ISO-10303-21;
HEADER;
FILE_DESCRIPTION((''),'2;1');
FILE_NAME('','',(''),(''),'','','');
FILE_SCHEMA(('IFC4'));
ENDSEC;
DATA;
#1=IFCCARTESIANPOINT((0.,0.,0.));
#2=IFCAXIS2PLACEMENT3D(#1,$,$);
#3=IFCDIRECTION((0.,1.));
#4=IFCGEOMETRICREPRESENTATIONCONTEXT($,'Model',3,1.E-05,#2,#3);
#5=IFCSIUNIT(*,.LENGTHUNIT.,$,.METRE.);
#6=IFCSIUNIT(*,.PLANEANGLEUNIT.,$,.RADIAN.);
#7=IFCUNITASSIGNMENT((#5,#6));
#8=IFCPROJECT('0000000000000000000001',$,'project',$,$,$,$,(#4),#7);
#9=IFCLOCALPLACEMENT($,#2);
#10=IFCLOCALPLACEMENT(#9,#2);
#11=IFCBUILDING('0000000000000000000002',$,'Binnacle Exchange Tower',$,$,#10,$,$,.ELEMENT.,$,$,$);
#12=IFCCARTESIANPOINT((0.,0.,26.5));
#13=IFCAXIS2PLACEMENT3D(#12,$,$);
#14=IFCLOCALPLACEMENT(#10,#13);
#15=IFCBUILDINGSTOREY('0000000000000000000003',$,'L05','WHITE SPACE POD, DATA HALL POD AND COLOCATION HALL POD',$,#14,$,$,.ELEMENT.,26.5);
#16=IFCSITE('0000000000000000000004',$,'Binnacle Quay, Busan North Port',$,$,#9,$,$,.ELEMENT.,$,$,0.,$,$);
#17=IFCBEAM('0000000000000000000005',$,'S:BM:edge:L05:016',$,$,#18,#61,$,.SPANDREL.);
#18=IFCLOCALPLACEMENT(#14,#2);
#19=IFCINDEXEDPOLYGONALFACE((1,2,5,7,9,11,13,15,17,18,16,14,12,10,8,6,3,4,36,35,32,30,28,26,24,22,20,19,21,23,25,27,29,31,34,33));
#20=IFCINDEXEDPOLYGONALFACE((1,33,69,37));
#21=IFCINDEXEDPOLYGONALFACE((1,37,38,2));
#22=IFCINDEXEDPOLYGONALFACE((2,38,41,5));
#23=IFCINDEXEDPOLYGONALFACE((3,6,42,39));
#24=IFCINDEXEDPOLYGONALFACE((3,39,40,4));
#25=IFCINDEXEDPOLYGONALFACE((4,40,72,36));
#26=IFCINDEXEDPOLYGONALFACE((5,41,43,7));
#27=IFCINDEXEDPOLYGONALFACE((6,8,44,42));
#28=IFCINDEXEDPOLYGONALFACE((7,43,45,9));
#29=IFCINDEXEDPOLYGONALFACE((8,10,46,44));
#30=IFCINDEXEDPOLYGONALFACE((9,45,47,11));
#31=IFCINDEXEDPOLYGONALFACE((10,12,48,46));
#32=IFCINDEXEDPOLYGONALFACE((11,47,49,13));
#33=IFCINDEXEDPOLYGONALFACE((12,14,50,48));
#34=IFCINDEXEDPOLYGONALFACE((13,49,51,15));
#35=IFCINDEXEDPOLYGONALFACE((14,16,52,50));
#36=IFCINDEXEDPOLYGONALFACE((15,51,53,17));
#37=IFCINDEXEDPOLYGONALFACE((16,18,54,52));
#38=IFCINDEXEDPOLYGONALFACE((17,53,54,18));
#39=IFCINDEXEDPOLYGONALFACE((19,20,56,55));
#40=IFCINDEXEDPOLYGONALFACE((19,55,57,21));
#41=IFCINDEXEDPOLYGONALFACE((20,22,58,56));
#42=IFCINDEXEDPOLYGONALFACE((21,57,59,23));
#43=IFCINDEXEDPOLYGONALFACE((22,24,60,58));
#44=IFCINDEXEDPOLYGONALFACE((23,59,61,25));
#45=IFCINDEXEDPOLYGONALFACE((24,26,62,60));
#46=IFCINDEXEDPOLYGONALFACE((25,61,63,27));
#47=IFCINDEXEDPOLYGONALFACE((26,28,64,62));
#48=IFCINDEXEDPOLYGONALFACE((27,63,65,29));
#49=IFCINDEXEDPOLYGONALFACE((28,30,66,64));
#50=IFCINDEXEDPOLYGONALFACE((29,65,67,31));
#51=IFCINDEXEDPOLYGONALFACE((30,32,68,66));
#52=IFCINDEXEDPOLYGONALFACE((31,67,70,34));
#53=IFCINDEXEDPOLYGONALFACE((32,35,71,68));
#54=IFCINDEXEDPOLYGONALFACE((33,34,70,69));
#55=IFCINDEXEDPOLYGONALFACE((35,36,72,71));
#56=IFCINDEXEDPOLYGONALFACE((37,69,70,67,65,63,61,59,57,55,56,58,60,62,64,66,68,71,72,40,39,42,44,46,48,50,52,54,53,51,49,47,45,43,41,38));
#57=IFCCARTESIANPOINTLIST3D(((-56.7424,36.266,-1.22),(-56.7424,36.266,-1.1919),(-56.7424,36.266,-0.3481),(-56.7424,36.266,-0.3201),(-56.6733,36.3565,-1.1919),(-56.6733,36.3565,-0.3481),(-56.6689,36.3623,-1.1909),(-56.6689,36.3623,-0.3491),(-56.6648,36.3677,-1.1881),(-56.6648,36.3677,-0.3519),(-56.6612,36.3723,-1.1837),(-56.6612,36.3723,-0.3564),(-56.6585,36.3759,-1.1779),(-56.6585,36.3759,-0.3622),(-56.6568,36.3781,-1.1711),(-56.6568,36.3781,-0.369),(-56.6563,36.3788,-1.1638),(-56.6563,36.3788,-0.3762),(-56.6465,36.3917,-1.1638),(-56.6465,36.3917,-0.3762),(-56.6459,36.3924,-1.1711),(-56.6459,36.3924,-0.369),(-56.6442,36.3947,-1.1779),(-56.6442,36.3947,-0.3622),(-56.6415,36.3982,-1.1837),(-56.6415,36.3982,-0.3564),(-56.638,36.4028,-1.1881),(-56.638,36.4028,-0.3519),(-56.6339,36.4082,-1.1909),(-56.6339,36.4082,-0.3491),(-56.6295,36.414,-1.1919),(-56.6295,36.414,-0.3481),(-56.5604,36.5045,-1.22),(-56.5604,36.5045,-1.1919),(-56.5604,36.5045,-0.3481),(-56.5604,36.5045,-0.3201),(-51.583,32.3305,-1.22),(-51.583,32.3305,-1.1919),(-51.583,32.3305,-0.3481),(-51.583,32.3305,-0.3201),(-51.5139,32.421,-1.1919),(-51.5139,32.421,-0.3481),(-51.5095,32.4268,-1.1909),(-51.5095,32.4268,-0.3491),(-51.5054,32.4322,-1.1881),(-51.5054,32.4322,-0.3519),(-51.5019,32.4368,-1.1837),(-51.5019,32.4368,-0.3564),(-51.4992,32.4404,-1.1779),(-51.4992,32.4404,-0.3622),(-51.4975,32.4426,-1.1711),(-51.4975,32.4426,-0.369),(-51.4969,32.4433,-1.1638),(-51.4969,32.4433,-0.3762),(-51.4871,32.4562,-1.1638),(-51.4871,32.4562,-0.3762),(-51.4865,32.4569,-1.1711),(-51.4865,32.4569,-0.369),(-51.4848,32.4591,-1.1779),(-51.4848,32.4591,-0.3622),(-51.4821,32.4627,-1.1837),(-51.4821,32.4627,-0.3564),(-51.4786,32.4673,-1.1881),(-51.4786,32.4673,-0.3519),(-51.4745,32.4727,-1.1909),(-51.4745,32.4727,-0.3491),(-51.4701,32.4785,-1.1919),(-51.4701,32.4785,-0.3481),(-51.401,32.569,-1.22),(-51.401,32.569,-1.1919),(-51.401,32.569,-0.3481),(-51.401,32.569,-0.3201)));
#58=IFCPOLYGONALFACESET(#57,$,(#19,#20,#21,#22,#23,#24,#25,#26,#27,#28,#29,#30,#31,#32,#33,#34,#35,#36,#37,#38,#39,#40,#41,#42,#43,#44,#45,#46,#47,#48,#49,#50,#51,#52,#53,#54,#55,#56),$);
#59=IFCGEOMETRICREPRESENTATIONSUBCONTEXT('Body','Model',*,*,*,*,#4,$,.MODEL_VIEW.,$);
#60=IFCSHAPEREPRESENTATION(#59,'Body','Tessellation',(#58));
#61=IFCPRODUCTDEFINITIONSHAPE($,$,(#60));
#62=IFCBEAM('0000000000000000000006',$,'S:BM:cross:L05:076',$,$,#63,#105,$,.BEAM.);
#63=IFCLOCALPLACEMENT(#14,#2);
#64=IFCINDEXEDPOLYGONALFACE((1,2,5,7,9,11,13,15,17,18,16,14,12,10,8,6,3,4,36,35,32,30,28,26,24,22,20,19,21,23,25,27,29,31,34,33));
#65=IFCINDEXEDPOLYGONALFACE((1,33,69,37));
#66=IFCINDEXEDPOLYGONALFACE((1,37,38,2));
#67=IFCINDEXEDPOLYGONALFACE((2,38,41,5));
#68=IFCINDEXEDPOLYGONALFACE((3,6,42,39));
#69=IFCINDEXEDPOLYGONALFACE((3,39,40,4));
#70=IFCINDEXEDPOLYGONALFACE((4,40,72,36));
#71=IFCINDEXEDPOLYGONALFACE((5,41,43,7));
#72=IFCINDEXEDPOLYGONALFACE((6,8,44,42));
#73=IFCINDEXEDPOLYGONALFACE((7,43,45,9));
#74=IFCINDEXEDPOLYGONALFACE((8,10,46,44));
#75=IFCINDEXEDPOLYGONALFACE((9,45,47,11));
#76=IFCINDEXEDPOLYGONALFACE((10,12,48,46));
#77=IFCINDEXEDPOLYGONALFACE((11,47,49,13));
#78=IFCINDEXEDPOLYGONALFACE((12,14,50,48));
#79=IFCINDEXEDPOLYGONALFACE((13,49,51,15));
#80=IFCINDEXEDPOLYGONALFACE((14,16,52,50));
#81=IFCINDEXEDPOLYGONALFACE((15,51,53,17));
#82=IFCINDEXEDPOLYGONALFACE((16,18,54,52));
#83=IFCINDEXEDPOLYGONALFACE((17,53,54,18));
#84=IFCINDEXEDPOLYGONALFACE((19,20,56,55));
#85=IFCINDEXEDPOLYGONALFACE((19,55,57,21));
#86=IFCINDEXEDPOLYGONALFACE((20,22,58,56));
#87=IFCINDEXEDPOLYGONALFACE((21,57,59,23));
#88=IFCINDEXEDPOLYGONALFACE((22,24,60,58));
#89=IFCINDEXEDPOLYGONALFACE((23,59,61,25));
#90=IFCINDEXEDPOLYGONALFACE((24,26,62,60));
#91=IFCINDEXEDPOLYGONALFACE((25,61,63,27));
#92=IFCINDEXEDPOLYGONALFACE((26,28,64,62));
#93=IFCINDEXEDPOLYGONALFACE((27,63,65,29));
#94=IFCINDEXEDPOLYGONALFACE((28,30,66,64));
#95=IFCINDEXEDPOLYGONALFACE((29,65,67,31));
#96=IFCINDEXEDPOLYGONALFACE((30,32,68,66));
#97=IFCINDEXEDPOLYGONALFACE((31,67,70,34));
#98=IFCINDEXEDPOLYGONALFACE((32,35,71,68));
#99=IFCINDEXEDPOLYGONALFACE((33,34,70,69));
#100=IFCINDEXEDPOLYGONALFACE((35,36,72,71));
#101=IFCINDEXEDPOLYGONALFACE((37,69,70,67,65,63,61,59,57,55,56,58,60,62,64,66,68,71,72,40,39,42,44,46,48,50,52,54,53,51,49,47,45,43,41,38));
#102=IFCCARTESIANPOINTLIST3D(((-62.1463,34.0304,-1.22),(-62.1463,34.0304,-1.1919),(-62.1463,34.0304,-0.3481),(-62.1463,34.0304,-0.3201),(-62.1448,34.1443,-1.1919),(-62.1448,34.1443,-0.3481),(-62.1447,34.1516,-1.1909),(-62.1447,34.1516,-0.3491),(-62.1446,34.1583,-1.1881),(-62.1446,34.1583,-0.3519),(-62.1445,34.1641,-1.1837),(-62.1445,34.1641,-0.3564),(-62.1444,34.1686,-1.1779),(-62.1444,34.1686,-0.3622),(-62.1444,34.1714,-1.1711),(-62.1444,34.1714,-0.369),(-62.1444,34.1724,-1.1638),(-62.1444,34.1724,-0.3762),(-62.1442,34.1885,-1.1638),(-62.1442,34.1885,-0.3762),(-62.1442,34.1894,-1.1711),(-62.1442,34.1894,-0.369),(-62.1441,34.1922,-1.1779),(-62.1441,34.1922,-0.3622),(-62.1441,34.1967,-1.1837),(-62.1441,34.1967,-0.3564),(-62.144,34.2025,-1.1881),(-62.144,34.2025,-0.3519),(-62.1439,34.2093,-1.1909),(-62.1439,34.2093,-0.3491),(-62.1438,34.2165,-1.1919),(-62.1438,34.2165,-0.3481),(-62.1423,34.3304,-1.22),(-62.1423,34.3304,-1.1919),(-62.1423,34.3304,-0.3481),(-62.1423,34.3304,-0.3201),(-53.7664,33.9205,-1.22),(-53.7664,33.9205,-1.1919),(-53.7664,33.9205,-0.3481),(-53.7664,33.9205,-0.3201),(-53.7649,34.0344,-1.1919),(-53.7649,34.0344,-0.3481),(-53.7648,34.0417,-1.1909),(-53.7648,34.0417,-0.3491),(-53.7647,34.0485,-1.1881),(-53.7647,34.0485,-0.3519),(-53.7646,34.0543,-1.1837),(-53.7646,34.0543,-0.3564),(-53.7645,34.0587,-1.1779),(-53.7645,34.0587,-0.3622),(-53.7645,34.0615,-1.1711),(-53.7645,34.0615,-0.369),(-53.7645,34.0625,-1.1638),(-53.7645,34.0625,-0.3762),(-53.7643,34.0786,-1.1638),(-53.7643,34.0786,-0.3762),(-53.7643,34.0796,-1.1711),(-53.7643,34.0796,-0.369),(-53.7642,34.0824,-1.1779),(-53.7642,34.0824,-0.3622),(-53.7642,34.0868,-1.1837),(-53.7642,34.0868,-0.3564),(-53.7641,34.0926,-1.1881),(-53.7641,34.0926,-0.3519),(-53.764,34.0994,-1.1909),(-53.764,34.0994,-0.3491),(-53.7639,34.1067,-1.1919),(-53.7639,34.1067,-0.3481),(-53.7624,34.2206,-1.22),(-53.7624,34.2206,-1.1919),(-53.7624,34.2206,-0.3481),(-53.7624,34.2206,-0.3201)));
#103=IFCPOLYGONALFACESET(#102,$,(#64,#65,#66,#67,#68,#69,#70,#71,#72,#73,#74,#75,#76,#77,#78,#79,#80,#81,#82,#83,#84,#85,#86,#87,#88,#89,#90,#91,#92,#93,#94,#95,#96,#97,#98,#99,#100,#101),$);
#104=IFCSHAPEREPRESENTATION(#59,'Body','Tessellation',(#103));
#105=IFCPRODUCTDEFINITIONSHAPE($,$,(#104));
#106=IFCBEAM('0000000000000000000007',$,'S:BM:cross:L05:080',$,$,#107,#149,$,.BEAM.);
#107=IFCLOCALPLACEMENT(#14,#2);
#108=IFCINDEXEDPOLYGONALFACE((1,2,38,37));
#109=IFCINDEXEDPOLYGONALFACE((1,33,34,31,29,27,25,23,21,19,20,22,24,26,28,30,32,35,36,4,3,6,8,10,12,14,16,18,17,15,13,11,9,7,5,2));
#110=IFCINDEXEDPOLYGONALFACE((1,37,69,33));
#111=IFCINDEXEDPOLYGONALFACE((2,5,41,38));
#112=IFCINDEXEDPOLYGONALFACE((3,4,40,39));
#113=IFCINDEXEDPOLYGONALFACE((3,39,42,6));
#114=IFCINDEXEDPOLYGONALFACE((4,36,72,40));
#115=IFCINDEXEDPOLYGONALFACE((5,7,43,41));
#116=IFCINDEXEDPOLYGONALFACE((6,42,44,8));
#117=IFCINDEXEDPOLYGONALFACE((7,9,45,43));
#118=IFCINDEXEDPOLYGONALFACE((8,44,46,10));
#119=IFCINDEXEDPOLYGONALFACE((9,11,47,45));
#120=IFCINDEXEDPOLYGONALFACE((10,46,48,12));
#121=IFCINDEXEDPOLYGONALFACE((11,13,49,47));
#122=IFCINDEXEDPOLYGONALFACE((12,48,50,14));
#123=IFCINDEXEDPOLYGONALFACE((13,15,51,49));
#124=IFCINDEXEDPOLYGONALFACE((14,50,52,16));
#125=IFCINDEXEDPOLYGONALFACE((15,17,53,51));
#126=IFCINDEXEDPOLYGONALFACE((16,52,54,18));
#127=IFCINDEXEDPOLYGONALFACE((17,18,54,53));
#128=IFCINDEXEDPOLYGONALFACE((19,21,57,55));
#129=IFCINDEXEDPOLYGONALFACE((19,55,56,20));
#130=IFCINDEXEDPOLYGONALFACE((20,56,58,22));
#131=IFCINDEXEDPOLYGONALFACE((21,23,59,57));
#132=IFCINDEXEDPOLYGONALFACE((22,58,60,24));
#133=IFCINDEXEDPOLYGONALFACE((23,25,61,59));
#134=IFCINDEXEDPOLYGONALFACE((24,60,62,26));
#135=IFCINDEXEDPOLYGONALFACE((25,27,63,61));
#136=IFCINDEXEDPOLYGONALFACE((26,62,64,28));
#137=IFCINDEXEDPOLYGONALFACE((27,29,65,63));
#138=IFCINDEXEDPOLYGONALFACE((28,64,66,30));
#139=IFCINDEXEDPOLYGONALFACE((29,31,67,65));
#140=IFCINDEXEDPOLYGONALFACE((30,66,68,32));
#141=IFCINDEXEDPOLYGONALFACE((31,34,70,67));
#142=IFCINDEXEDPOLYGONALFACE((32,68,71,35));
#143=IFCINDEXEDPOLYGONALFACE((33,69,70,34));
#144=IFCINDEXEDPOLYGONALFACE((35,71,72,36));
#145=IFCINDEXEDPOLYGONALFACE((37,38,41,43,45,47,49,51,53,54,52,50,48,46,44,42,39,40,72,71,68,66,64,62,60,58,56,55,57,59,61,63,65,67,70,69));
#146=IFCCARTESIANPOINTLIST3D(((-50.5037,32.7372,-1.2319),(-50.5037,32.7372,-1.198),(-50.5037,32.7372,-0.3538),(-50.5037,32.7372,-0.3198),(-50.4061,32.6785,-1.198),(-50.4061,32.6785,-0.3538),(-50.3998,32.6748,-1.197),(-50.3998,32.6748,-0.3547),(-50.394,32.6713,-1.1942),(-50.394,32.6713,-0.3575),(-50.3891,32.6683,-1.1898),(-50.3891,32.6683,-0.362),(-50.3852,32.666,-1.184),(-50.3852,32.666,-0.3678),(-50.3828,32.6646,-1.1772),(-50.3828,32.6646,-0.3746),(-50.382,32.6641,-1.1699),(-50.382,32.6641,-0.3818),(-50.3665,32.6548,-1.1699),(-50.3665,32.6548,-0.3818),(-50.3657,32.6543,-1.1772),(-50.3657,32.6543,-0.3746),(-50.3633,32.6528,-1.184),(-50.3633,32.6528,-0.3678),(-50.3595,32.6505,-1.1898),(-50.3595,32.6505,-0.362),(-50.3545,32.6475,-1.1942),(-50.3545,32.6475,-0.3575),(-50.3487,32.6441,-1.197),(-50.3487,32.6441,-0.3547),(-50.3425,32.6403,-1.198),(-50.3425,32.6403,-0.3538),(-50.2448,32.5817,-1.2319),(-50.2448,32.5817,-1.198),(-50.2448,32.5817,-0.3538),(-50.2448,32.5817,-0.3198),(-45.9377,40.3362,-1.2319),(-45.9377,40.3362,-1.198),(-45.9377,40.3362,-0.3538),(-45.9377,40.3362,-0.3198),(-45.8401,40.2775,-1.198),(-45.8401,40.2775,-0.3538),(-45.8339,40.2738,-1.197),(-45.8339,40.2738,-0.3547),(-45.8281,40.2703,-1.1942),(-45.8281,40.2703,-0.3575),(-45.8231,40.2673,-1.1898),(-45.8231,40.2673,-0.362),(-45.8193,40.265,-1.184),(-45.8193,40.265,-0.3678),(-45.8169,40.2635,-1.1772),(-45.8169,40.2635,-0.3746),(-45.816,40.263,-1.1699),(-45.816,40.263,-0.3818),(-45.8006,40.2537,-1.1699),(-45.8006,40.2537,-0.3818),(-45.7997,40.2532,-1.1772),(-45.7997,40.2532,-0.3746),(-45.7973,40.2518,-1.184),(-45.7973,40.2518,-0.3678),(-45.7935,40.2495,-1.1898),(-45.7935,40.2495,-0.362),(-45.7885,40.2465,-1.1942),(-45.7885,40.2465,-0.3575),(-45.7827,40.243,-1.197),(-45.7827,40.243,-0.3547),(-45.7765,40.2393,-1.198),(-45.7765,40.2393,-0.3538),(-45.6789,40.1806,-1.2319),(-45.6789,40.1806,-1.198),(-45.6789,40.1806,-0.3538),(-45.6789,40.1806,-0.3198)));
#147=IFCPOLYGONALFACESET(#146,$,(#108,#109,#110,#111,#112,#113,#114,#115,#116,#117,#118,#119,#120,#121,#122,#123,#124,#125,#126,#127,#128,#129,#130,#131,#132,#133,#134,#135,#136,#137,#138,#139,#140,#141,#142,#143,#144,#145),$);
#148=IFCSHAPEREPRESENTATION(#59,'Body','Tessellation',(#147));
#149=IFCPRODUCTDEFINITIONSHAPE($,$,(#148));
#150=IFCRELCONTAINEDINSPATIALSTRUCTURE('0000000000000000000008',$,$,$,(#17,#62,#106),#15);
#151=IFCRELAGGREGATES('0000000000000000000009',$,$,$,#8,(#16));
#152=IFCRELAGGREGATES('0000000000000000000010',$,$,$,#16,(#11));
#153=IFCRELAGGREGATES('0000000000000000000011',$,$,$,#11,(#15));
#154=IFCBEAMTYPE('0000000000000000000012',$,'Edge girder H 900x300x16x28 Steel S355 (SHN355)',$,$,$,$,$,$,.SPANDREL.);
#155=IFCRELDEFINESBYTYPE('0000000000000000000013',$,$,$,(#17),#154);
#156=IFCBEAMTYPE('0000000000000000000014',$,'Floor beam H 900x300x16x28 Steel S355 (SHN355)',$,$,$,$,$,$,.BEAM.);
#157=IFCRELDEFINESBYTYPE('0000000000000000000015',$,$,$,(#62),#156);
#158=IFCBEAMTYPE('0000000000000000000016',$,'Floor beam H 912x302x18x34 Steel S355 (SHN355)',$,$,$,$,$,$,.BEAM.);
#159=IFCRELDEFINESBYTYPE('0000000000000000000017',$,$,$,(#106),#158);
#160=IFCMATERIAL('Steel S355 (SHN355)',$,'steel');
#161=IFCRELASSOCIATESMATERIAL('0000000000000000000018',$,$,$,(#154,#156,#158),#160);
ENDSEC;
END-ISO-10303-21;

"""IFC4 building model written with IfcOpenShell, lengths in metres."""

from ifc_helpers import new_model, si_unit, direction, frame, origin, origin_2d, place, context, subcontext, project, spatial, i_section, extrude, material, material_profile, profile_set, type_object, element, save


model = new_model("IFC4")

# Units and contexts
model_context = context("Model", 3, precision=1e-05, world=origin(), true_north=direction((0.0, 1.0)))
body_context = subcontext(model_context, "Body", "Model", "MODEL_VIEW")
ifc_project = project(units=[si_unit("LENGTHUNIT", "METRE"), si_unit("PLANEANGLEUNIT", "RADIAN")], contexts=[model_context])

# Site, building, storey
site_placement = place(None, origin())
site = spatial("IfcSite", under=ifc_project, at=site_placement, Name="Binnacle Quay, Busan North Port", CompositionType="ELEMENT", RefElevation=0.0)
building_placement = place(site_placement, origin())
building = spatial("IfcBuilding", under=site, at=building_placement, Name="Binnacle Exchange Tower", CompositionType="ELEMENT")
storey_placement = place(building_placement, frame((0.0, 0.0, 26.5)))
storey = spatial("IfcBuildingStorey", under=building, at=storey_placement, Name="L05", Description="WHITE SPACE POD, DATA HALL POD AND COLOCATION HALL POD", CompositionType="ELEMENT", Elevation=26.5)

# Beams
ifc_material_1 = material(Name="Steel S355 (SHN355)", Category="steel")
ifc_material_profile_1 = material_profile(ifc_material_1, i_section(OverallWidth=0.3, OverallDepth=0.8999, WebThickness=0.0161, FlangeThickness=0.0281, FilletRadius=0.0281, at=origin_2d()), Name="H 900x300x16x28")
ifc_profile_set_1 = profile_set([ifc_material_profile_1], Name="Steel S355 (SHN355)")
beam_type_1 = type_object("IfcBeamType", Name="Edge girder H 900x300x16x28 Steel S355 (SHN355)", PredefinedType="SPANDREL", material=ifc_profile_set_1)
beam_1_placement = place(storey_placement, frame((-56.6514, 36.3853, -0.77), z_axis=(0.795093, -0.606487, 0.0), x_axis=(0.606487, 0.795093, 0.0)))
element("IfcBeam", 1, at=beam_1_placement, inside=storey, type_object=beam_type_1, Name="S:BM:edge:L05:016", PredefinedType="SPANDREL", context=body_context, shape_type="SweptSolid", body=[
    extrude(i_section(OverallWidth=0.3, OverallDepth=0.8999, WebThickness=0.0161, FlangeThickness=0.0281, FilletRadius=0.0281, at=origin_2d()), origin(), (0.0, 0.0, 1.0), 6.489),
])
ifc_material_profile_2 = material_profile(ifc_material_1, i_section(OverallWidth=0.3, OverallDepth=0.8999, WebThickness=0.0161, FlangeThickness=0.0281, FilletRadius=0.0281, at=origin_2d()), Name="H 900x300x16x28")
ifc_profile_set_2 = profile_set([ifc_material_profile_2], Name="Steel S355 (SHN355)")
beam_type_2 = type_object("IfcBeamType", Name="Floor beam H 900x300x16x28 Steel S355 (SHN355)", PredefinedType="BEAM", material=ifc_profile_set_2)
beam_2_placement = place(storey_placement, frame((-62.1443, 34.1804, -0.77), z_axis=(0.999914, -0.013109, 0.0), x_axis=(0.013109, 0.999914, 0.0)))
element("IfcBeam", 2, at=beam_2_placement, inside=storey, type_object=beam_type_2, Name="S:BM:cross:L05:076", PredefinedType="BEAM", context=body_context, shape_type="SweptSolid", body=[
    extrude(i_section(OverallWidth=0.3, OverallDepth=0.8999, WebThickness=0.0161, FlangeThickness=0.0281, FilletRadius=0.0281, at=origin_2d()), origin(), (0.0, 0.0, 1.0), 8.3806),
])
ifc_material_profile_3 = material_profile(ifc_material_1, i_section(OverallWidth=0.302, OverallDepth=0.9121, WebThickness=0.0181, FlangeThickness=0.0339, FilletRadius=0.0281, at=origin_2d()), Name="H 912x302x18x34")
ifc_profile_set_3 = profile_set([ifc_material_profile_3], Name="Steel S355 (SHN355)")
beam_type_3 = type_object("IfcBeamType", Name="Floor beam H 912x302x18x34 Steel S355 (SHN355)", PredefinedType="BEAM", material=ifc_profile_set_3)
beam_3_placement = place(storey_placement, frame((-50.3743, 32.6594, -0.7759), z_axis=(0.515042, 0.857165, 0.0), x_axis=(-0.857165, 0.515042, 0.0)))
element("IfcBeam", 3, at=beam_3_placement, inside=storey, type_object=beam_type_3, Name="S:BM:cross:L05:080", PredefinedType="BEAM", context=body_context, shape_type="SweptSolid", body=[
    extrude(i_section(OverallWidth=0.302, OverallDepth=0.9121, WebThickness=0.0181, FlangeThickness=0.0339, FilletRadius=0.0281, at=origin_2d()), origin(), (0.0, 0.0, 1.0), 8.8652),
])

save(model, "model.ifc")
